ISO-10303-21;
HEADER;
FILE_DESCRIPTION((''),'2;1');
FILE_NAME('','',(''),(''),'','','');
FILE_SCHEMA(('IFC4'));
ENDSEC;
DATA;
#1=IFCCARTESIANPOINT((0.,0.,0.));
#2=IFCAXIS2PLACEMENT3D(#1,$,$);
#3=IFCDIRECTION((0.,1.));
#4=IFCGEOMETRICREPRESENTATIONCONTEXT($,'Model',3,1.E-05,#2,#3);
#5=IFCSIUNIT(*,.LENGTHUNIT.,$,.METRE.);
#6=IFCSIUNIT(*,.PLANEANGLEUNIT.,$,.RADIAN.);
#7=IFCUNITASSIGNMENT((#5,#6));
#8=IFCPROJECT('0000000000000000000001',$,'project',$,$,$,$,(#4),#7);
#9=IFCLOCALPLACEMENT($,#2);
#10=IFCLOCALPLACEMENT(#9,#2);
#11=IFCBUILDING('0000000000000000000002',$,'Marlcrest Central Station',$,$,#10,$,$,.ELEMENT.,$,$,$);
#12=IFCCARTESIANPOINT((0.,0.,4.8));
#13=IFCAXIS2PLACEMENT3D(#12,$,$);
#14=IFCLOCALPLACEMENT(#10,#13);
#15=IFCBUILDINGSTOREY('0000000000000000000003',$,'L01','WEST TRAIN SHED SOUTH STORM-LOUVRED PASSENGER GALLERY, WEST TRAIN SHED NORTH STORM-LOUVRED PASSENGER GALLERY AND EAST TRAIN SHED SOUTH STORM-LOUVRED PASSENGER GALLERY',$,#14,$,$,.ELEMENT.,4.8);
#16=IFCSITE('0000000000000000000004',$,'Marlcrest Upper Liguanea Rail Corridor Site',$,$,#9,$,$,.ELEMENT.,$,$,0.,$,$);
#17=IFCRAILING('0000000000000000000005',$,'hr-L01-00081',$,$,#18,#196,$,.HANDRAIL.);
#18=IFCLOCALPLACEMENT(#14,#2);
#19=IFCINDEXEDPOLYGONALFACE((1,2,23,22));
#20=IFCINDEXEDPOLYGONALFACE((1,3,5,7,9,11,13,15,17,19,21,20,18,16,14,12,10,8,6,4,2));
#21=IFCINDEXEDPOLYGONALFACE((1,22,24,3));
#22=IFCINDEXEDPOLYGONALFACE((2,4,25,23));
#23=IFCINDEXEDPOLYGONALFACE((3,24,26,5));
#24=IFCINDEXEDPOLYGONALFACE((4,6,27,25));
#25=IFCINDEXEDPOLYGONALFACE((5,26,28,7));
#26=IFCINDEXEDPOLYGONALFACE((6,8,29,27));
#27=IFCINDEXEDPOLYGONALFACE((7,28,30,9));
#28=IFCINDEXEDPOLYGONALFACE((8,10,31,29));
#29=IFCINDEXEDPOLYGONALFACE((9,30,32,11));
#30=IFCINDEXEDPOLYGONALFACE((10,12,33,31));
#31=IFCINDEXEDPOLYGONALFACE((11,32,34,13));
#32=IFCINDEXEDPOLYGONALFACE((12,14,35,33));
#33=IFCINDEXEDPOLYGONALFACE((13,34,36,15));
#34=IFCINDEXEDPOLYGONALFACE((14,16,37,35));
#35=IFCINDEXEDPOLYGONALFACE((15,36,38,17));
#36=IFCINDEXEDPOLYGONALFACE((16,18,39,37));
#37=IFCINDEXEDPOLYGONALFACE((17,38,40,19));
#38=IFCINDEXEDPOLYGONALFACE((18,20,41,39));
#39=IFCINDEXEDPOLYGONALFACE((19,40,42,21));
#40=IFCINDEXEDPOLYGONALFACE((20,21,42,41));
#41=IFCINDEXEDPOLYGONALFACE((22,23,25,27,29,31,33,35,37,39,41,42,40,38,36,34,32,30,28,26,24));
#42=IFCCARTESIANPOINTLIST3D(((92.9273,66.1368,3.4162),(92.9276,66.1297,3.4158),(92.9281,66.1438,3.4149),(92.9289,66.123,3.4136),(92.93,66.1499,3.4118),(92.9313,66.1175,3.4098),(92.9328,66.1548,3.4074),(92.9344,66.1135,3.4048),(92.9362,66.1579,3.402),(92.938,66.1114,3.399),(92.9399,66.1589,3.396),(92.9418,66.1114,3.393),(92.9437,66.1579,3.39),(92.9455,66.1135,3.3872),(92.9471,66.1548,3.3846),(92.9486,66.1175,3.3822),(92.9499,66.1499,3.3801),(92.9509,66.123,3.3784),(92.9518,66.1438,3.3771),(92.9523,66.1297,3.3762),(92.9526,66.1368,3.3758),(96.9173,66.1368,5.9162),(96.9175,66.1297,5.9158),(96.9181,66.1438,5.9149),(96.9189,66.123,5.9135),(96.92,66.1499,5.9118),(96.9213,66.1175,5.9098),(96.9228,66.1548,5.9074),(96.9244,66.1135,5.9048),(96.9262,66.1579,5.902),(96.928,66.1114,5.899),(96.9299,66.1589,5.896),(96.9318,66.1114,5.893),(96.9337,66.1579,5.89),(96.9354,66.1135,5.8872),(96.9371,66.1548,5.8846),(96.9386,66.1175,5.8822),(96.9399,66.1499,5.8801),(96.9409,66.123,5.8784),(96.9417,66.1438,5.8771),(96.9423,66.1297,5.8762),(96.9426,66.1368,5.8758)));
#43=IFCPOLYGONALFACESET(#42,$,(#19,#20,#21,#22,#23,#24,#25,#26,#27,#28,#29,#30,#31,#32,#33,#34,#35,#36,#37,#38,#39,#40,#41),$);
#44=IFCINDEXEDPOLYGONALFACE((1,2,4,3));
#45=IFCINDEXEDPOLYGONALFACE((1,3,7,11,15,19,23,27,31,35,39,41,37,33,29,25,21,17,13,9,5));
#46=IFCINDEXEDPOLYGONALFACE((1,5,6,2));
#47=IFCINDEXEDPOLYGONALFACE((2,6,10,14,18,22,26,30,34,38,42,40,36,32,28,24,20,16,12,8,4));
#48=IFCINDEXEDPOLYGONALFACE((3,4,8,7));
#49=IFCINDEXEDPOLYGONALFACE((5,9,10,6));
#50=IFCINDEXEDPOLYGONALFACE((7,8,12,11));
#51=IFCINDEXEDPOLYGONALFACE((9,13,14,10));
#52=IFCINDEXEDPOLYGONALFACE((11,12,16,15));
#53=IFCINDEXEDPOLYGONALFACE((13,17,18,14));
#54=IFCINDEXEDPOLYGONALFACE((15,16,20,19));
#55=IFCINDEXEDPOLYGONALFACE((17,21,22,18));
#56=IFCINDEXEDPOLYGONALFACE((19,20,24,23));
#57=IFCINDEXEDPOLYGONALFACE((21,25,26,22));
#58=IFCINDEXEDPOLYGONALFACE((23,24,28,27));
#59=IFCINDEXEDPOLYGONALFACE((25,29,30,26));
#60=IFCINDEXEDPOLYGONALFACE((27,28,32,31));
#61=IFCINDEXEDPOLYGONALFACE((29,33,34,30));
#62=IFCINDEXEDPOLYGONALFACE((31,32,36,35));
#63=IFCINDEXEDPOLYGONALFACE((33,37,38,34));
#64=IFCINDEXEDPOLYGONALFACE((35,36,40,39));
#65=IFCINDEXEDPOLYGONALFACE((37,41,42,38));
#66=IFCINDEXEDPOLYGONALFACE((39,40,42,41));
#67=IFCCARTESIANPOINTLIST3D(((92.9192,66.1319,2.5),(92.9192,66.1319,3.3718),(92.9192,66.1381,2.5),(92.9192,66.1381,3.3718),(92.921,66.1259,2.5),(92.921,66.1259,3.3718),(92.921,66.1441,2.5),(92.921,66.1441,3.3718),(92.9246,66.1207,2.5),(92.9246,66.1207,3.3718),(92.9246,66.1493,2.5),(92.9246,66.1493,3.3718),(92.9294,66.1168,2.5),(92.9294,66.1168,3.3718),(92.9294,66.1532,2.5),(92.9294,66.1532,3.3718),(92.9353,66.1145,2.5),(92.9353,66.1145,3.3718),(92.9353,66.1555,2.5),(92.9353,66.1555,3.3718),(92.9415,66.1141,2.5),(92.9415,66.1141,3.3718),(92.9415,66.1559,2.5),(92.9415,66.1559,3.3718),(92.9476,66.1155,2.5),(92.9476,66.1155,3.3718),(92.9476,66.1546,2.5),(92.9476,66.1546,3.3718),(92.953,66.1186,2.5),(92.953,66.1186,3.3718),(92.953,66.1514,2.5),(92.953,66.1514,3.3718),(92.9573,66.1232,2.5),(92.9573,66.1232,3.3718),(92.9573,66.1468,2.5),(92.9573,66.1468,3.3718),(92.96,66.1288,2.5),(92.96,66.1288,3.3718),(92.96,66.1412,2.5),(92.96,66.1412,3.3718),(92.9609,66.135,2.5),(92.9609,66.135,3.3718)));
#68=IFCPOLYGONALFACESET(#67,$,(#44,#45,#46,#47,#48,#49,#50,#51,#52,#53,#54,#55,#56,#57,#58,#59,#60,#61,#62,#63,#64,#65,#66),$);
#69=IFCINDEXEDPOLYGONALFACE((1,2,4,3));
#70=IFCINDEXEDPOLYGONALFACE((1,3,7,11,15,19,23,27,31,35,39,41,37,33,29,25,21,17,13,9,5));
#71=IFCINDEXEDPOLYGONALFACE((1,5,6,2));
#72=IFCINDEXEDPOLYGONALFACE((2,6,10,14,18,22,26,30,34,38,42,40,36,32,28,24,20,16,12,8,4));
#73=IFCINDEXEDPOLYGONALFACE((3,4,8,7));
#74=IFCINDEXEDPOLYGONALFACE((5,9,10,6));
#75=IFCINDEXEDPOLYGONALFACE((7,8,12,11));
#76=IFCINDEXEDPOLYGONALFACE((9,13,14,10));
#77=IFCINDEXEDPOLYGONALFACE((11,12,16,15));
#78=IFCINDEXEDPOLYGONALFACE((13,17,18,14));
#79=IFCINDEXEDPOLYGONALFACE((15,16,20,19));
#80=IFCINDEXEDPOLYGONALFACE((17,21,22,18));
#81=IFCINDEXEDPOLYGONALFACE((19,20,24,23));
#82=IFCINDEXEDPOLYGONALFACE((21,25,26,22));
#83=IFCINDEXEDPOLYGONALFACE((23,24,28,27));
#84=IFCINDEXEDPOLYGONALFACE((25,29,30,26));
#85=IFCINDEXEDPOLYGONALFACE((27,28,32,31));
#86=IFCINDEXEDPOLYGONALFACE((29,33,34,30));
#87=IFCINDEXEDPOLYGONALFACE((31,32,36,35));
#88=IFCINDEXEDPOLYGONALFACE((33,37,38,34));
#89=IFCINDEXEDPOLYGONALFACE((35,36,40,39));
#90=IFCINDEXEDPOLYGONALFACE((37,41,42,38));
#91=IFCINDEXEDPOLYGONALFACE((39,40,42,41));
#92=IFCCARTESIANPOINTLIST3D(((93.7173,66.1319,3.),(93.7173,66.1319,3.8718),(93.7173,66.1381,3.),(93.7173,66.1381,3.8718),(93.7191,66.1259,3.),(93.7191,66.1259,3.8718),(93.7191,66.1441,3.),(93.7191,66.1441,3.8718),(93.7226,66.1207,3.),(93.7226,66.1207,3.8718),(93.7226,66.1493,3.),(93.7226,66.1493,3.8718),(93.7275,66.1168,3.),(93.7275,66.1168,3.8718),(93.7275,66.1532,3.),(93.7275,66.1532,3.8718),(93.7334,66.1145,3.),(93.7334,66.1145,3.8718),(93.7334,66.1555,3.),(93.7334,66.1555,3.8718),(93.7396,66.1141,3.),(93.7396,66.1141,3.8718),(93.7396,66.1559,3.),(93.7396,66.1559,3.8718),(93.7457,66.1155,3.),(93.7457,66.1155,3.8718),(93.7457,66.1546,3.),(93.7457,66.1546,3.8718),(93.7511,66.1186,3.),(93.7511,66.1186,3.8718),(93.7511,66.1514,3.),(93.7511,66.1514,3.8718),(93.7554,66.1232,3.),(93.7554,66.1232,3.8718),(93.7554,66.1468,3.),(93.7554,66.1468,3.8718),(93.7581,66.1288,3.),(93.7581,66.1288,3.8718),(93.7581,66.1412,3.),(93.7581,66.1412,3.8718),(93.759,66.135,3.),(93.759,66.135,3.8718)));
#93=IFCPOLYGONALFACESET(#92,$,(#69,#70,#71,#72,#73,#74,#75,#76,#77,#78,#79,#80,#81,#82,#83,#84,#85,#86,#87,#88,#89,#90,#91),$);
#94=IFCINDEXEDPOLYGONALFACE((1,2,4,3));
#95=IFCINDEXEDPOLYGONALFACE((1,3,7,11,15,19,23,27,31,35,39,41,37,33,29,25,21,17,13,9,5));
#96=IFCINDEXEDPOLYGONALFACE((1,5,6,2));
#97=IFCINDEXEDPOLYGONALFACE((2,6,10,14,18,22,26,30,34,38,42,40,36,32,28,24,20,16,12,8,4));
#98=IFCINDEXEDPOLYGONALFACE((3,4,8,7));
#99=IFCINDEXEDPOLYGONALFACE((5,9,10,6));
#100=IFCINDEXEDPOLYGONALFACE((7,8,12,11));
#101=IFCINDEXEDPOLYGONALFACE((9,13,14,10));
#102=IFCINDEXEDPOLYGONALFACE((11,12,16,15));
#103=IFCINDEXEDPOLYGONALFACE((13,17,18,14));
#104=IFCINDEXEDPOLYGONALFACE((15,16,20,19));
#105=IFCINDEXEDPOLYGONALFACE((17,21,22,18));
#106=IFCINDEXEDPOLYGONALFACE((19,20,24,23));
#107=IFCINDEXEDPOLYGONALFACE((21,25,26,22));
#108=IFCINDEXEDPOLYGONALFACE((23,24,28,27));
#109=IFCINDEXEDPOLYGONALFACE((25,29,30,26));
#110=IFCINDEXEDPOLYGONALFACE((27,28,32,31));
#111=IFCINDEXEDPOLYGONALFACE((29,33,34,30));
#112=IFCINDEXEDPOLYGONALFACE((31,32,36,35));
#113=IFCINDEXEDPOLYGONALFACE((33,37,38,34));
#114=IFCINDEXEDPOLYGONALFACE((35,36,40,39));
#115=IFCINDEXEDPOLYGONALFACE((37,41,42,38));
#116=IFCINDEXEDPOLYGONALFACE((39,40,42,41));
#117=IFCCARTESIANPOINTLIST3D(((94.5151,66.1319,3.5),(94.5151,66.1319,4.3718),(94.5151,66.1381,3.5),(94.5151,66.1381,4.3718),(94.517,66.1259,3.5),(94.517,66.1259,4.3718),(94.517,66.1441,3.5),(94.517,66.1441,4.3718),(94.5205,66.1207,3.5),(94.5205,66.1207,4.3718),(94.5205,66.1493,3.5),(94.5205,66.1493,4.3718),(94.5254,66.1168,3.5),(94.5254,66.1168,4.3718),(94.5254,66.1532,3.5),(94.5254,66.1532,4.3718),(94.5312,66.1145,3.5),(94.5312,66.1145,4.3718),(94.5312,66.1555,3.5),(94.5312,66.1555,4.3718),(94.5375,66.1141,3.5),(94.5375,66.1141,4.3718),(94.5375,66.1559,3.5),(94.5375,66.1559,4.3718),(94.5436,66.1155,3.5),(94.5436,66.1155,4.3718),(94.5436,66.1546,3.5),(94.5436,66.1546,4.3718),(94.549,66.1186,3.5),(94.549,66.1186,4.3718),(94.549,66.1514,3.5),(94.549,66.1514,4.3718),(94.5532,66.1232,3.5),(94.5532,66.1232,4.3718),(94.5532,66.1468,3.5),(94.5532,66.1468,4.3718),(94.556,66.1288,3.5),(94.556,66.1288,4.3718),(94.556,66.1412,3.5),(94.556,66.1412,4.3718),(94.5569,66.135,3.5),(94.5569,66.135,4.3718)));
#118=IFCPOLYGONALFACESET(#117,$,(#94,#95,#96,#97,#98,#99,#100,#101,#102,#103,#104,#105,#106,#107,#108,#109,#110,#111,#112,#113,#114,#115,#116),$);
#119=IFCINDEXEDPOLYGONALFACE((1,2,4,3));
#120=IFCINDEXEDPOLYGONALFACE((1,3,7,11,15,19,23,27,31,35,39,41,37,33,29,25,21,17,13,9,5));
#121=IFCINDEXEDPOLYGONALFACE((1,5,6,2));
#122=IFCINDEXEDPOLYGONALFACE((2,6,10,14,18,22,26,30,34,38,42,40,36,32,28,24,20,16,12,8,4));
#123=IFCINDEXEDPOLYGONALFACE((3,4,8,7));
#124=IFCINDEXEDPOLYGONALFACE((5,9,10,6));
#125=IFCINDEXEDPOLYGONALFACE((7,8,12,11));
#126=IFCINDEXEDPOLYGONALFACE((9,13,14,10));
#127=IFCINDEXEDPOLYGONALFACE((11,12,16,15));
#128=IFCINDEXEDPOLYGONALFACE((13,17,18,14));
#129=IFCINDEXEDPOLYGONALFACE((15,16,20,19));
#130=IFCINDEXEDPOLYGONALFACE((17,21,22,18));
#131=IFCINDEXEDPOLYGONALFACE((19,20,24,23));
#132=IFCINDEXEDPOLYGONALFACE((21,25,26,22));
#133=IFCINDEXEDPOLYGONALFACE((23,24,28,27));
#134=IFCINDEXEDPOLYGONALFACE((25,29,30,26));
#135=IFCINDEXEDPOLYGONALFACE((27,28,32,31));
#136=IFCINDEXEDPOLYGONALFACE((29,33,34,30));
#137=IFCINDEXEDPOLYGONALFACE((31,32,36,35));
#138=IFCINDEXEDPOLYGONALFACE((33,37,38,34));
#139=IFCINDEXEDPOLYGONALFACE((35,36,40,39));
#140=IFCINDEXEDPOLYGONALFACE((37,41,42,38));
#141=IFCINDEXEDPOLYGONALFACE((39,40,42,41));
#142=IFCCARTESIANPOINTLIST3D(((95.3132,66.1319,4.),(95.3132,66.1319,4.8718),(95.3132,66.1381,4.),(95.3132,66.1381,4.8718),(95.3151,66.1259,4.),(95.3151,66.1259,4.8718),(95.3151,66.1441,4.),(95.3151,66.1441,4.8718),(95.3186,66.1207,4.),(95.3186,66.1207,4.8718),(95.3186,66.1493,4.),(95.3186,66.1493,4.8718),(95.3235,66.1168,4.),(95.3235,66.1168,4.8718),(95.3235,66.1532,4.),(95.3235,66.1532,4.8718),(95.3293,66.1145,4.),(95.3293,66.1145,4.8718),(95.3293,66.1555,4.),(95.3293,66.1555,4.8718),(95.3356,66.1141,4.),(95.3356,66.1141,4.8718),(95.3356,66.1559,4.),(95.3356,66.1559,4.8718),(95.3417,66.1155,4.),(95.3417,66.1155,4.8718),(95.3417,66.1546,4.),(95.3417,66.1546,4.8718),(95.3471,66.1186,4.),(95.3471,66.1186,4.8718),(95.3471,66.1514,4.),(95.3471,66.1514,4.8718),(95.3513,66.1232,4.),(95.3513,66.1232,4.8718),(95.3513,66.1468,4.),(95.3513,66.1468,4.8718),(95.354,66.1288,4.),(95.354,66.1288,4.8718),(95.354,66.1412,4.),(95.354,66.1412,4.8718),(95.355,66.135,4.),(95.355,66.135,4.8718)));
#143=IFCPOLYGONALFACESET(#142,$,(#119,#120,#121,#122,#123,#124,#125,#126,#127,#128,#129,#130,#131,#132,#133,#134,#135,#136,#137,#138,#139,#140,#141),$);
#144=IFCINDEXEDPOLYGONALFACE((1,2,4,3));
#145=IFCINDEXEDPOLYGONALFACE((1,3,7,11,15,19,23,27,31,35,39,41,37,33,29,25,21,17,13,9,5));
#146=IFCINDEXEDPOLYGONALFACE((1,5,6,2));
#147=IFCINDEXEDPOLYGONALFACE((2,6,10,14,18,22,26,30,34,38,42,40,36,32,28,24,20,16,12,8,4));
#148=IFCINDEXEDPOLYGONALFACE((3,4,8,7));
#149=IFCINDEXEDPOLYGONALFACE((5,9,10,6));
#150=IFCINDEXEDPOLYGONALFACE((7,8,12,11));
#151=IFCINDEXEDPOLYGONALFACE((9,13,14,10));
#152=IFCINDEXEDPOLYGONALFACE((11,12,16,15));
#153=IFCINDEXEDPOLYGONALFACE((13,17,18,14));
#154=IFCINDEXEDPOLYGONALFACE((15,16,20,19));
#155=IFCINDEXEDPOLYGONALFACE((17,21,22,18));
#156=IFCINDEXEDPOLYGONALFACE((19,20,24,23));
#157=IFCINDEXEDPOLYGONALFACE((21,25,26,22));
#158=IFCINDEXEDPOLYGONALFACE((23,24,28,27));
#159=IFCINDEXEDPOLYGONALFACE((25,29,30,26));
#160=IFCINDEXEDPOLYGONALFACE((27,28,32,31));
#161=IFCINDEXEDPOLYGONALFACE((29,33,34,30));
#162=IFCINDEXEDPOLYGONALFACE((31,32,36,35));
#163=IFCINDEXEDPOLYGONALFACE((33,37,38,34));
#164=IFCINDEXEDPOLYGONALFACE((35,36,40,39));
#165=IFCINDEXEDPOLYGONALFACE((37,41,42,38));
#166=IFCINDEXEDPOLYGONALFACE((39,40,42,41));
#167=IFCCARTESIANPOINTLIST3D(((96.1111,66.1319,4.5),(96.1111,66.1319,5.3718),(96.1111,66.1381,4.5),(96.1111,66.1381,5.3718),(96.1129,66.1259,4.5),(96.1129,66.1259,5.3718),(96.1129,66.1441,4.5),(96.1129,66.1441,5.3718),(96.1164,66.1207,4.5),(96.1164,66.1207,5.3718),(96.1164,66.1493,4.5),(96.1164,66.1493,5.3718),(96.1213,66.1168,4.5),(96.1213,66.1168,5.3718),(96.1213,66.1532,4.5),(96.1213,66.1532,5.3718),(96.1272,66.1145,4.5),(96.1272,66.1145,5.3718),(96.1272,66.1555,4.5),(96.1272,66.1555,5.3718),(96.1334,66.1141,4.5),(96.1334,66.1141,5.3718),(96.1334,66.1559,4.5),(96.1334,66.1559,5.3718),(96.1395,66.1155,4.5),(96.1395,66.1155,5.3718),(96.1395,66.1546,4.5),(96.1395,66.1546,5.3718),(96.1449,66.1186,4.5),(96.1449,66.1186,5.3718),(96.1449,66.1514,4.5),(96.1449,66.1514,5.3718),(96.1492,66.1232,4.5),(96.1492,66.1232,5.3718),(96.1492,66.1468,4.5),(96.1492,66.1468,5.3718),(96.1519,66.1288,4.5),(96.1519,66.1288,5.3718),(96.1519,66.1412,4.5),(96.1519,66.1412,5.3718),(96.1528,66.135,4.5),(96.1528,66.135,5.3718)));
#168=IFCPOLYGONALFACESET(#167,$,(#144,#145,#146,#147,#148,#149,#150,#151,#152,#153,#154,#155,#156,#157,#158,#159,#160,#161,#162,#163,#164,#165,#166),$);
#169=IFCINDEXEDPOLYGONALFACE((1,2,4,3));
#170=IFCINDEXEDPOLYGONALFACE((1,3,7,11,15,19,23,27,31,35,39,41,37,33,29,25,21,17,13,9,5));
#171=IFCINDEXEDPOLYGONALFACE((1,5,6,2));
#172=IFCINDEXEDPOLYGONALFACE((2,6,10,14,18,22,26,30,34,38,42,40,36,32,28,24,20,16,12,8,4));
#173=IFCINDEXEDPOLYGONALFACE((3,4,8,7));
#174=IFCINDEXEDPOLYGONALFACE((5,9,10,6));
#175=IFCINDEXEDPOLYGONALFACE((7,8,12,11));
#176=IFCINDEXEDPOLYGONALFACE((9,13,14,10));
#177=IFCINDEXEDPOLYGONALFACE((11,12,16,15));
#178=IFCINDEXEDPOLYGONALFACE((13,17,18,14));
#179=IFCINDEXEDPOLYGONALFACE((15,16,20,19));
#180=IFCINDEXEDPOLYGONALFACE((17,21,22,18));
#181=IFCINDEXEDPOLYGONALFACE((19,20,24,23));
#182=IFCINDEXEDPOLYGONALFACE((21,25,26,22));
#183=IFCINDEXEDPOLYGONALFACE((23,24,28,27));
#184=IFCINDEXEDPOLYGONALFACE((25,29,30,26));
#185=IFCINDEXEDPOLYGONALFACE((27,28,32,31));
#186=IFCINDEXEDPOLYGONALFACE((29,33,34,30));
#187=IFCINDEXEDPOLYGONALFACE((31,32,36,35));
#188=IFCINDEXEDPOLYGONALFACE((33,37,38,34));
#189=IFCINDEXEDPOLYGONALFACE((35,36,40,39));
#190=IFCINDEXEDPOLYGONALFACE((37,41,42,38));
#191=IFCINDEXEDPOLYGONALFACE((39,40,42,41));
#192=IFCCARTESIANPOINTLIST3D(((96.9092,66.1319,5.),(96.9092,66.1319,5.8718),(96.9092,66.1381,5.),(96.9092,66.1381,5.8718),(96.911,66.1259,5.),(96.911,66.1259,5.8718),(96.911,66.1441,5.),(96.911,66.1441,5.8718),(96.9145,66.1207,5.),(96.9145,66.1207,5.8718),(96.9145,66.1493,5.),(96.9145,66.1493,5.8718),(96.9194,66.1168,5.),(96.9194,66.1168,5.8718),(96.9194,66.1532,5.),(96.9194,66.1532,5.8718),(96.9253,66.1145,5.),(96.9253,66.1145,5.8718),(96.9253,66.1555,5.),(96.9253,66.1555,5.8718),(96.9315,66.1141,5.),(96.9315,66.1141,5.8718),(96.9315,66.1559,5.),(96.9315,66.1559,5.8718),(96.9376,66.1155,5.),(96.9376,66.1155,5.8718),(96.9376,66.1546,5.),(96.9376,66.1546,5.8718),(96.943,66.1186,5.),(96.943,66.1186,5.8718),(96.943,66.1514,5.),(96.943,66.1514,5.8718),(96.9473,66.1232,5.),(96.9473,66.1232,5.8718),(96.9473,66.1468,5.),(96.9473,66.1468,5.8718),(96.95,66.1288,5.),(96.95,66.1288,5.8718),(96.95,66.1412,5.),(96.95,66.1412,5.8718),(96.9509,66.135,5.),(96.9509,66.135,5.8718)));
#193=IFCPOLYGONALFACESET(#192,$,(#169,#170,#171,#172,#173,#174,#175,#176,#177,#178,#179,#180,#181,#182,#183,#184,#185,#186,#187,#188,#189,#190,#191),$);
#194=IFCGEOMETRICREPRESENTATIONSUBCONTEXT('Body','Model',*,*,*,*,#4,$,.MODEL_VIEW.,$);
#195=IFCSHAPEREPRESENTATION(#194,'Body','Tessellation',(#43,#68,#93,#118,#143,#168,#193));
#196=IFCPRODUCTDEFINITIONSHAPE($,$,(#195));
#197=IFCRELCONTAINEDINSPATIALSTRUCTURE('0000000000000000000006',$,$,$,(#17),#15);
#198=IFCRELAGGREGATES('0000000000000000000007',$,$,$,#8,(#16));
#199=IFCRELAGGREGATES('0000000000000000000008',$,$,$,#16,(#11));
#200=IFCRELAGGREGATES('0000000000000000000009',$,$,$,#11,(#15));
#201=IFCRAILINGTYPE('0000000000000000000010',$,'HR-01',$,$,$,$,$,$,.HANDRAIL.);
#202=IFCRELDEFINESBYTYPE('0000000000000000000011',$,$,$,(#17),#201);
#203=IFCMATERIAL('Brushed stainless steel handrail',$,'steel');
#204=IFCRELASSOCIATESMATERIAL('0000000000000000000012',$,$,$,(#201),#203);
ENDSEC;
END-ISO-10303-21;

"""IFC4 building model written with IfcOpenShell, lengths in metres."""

from ifc_helpers import new_model, si_unit, direction, frame, origin, origin_2d, place, context, subcontext, project, spatial, circle, extrude, material, type_object, element, save


model = new_model("IFC4")

# Units and contexts
model_context = context("Model", 3, precision=1e-05, world=origin(), true_north=direction((0.0, 1.0)))
body_context = subcontext(model_context, "Body", "Model", "MODEL_VIEW")
ifc_project = project(units=[si_unit("LENGTHUNIT", "METRE"), si_unit("PLANEANGLEUNIT", "RADIAN")], contexts=[model_context])

# Site, building, storey
site_placement = place(None, origin())
site = spatial("IfcSite", under=ifc_project, at=site_placement, Name="Marlcrest Upper Liguanea Rail Corridor Site", CompositionType="ELEMENT", RefElevation=0.0)
building_placement = place(site_placement, origin())
building = spatial("IfcBuilding", under=site, at=building_placement, Name="Marlcrest Central Station", CompositionType="ELEMENT")
storey_placement = place(building_placement, frame((0.0, 0.0, 4.8)))
storey = spatial("IfcBuildingStorey", under=building, at=storey_placement, Name="L01", Description="WEST TRAIN SHED SOUTH STORM-LOUVRED PASSENGER GALLERY, WEST TRAIN SHED NORTH STORM-LOUVRED PASSENGER GALLERY AND EAST TRAIN SHED SOUTH STORM-LOUVRED PASSENGER GALLERY", CompositionType="ELEMENT", Elevation=4.8)

# Railing
ifc_material_1 = material(Name="Brushed stainless steel handrail", Category="steel")
railing_type_1 = type_object("IfcRailingType", Name="HR-01", PredefinedType="HANDRAIL", material=ifc_material_1)
railing_1_placement = place(storey_placement, frame((92.9399, 66.135, 2.5)))
element("IfcRailing", 1, at=railing_1_placement, inside=storey, type_object=railing_type_1, Name="hr-L01-00081", PredefinedType="HANDRAIL", context=body_context, shape_type="SweptSolid", body=[
    extrude(circle(Radius=0.0239, at=origin_2d()), frame((0.0, 0.0, 0.896), z_axis=(0.847401, 0.0, 0.530954), x_axis=(0.0, 1.0, 0.0)), (0.0, 0.0, 1.0), 4.7085),
    extrude(circle(Radius=0.021, at=origin_2d()), origin(), (0.0, 0.0, 1.0), 0.8718),
    extrude(circle(Radius=0.021, at=origin_2d()), frame((0.7981, 0.0, 0.5)), (0.0, 0.0, 1.0), 0.8718),
    extrude(circle(Radius=0.021, at=origin_2d()), frame((1.5959, 0.0, 1.0)), (0.0, 0.0, 1.0), 0.8718),
    extrude(circle(Radius=0.021, at=origin_2d()), frame((2.394, 0.0, 1.5)), (0.0, 0.0, 1.0), 0.8718),
    extrude(circle(Radius=0.021, at=origin_2d()), frame((3.1919, 0.0, 2.0)), (0.0, 0.0, 1.0), 0.8718),
    extrude(circle(Radius=0.021, at=origin_2d()), frame((3.99, 0.0, 2.5)), (0.0, 0.0, 1.0), 0.8718),
])

save(model, "model.ifc")
